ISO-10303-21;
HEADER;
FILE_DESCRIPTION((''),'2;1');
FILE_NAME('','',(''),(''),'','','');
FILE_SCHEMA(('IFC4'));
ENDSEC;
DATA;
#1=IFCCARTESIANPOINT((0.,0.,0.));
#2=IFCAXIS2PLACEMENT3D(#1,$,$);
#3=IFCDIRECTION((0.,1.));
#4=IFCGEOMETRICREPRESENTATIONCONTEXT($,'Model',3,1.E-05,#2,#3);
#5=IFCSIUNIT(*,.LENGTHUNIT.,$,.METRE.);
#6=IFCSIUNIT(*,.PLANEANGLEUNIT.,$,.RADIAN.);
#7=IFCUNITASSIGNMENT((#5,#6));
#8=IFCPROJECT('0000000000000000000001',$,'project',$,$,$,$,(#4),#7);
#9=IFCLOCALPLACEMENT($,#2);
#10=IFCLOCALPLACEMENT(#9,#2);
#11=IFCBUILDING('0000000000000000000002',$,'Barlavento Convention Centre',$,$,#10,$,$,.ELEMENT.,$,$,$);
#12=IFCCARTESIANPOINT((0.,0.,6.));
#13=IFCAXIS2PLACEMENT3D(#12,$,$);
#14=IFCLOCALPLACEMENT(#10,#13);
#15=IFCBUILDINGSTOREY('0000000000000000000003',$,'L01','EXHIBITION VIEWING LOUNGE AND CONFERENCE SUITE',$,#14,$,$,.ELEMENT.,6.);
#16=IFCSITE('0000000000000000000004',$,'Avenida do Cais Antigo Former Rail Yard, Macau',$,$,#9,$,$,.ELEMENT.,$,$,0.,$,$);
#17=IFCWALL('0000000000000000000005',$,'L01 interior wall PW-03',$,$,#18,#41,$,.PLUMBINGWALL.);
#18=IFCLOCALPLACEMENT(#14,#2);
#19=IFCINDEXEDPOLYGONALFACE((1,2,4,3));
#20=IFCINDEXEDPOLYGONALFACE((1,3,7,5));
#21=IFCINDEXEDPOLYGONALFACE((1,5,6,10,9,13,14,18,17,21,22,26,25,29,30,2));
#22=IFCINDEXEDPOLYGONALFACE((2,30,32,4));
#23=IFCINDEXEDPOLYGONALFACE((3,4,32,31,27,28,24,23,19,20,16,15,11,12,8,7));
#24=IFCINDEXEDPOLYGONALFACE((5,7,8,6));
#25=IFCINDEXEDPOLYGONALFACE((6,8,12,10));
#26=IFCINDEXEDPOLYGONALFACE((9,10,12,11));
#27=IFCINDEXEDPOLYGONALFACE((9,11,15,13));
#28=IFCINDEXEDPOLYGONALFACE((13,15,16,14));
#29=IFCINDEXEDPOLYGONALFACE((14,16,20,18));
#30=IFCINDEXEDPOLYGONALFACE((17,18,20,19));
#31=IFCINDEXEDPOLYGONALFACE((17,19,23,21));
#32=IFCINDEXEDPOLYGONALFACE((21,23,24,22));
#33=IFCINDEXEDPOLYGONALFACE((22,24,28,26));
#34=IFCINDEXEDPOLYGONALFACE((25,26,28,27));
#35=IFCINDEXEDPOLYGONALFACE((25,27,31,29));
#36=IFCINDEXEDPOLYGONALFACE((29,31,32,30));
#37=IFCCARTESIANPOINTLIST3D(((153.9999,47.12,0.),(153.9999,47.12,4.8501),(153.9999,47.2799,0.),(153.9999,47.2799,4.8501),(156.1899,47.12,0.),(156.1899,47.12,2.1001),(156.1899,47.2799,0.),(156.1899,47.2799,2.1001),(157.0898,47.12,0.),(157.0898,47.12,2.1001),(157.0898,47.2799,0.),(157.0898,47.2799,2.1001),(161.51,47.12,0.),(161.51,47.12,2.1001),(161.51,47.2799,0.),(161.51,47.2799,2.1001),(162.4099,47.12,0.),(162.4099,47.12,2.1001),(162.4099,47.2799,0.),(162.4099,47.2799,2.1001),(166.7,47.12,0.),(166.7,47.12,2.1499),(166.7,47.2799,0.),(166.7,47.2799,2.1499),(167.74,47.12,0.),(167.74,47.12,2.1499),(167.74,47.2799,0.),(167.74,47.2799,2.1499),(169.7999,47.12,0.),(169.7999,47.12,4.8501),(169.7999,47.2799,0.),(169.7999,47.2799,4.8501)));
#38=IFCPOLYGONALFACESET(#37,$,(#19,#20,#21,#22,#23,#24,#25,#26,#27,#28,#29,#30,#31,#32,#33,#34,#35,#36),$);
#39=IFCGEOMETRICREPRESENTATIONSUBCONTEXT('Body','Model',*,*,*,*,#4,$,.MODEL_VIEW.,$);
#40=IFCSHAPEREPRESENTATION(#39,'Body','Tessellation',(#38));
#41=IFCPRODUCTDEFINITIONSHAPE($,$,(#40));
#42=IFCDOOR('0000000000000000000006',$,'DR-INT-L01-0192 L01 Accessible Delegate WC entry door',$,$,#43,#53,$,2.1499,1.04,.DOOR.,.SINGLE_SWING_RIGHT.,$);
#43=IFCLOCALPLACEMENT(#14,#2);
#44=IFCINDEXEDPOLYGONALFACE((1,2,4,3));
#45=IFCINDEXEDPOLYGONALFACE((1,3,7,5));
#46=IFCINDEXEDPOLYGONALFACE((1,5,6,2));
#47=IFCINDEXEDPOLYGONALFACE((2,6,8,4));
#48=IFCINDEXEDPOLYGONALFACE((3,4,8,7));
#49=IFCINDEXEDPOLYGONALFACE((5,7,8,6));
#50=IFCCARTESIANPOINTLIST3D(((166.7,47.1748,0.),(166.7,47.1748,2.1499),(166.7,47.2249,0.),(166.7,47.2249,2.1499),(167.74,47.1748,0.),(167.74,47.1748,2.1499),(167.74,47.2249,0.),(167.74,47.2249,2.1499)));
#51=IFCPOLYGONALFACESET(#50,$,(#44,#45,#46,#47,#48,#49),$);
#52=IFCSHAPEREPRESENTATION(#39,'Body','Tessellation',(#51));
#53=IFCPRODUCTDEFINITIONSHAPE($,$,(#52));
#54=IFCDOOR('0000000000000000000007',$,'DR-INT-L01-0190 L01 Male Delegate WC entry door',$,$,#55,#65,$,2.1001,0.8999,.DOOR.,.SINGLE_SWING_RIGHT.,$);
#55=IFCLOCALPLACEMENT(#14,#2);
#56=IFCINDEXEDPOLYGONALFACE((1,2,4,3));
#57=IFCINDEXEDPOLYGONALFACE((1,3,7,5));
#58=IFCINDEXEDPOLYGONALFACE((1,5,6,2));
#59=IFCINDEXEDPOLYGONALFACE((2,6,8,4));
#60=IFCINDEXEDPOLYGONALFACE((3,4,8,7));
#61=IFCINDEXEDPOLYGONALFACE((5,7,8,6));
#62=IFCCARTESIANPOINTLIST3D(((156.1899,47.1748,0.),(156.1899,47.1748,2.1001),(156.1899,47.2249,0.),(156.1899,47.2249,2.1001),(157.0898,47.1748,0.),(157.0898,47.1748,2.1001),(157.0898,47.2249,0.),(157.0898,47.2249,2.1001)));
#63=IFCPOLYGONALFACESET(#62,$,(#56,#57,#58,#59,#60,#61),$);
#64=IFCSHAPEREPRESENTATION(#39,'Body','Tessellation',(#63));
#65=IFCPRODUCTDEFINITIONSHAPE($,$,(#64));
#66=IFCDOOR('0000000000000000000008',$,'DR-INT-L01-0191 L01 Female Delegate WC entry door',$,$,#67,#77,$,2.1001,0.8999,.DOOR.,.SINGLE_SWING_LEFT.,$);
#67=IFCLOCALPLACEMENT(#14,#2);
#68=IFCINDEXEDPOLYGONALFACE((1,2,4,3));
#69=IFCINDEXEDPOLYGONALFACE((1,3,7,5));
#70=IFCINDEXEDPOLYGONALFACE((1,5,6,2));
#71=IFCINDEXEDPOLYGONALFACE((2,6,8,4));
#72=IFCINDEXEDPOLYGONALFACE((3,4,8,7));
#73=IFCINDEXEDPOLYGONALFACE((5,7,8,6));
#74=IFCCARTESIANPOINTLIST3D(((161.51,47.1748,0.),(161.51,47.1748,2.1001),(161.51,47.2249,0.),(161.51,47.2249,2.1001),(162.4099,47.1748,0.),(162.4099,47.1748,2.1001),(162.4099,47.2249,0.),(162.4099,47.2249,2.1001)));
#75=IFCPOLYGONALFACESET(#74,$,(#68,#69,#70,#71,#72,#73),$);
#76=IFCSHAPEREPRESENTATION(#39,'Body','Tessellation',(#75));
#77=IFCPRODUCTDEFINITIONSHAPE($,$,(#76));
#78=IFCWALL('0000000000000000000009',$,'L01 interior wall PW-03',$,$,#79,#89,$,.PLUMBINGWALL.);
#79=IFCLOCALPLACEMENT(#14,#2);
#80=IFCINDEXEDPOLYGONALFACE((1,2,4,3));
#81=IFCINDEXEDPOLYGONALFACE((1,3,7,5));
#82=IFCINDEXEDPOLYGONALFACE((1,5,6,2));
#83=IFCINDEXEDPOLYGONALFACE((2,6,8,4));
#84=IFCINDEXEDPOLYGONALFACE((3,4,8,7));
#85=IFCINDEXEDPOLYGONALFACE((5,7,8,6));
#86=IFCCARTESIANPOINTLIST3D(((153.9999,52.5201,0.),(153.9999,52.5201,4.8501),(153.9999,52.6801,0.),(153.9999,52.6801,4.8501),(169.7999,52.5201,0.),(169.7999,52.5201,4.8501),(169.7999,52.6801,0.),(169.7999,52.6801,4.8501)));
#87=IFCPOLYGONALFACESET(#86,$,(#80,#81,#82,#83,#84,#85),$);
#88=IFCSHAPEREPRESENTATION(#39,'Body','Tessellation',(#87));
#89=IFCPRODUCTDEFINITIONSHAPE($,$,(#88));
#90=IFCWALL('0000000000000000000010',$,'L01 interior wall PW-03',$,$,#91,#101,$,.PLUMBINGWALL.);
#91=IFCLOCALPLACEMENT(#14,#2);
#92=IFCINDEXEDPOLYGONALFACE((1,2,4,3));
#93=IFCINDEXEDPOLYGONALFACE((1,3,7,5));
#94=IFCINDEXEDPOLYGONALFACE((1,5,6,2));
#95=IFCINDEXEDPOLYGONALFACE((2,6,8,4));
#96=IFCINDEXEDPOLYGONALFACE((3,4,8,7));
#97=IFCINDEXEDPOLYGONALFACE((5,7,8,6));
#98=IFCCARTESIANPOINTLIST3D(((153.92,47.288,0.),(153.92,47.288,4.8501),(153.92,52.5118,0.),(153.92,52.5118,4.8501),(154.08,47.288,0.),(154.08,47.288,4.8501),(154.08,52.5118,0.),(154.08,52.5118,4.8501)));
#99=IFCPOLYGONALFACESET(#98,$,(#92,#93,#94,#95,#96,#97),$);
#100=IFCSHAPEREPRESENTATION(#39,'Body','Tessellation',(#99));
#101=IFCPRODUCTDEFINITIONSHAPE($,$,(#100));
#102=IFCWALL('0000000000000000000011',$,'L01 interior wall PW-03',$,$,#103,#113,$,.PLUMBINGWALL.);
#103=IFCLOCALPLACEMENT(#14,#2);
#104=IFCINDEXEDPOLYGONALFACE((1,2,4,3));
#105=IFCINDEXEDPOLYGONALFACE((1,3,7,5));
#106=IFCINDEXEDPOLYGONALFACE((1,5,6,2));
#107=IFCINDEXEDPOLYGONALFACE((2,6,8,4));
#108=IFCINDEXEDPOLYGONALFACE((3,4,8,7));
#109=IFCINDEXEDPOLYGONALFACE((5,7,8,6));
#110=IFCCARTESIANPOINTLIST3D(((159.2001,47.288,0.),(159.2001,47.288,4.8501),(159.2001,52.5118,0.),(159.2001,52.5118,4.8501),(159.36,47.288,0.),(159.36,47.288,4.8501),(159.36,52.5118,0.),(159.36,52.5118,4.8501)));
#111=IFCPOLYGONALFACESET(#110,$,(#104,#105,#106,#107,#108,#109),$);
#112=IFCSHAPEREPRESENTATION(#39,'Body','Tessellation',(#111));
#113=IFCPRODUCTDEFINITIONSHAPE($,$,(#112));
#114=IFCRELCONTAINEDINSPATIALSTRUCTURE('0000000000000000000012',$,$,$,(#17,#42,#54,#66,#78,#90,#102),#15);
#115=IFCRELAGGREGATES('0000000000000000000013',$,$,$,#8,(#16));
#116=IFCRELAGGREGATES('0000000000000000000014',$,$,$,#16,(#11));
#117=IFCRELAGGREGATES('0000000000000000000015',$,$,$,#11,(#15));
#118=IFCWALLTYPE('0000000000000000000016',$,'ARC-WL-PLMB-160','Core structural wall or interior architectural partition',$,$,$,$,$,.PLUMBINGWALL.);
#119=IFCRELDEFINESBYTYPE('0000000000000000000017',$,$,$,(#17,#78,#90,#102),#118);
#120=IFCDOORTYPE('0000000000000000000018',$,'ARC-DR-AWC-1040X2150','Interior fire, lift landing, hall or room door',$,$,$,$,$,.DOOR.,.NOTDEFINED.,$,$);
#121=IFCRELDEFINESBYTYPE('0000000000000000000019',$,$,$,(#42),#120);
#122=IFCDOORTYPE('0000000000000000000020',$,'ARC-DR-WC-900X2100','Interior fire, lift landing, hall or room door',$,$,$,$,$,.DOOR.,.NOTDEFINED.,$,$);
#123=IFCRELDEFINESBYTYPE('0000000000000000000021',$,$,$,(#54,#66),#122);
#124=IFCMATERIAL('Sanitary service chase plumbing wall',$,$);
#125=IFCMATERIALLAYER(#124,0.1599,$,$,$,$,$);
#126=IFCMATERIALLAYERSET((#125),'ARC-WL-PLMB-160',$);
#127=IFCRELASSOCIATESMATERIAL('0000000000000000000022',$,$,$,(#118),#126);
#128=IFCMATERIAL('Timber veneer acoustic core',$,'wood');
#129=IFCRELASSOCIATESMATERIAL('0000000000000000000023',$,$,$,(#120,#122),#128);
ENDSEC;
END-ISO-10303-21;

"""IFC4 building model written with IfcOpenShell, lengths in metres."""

from ifc_helpers import new_model, si_unit, direction, frame, frame_2d, origin, place, context, subcontext, project, spatial, rectangle, extrude, material, layer, layer_set, type_object, element, fill, save


model = new_model("IFC4")

# Units and contexts
model_context = context("Model", 3, precision=1e-05, world=origin(), true_north=direction((0.0, 1.0)))
body_context = subcontext(model_context, "Body", "Model", "MODEL_VIEW")
ifc_project = project(units=[si_unit("LENGTHUNIT", "METRE"), si_unit("PLANEANGLEUNIT", "RADIAN")], contexts=[model_context])

# Site, building, storey
site_placement = place(None, origin())
site = spatial("IfcSite", under=ifc_project, at=site_placement, Name="Avenida do Cais Antigo Former Rail Yard, Macau", CompositionType="ELEMENT", RefElevation=0.0)
building_placement = place(site_placement, origin())
building = spatial("IfcBuilding", under=site, at=building_placement, Name="Barlavento Convention Centre", CompositionType="ELEMENT")
storey_placement = place(building_placement, frame((0.0, 0.0, 6.0)))
storey = spatial("IfcBuildingStorey", under=building, at=storey_placement, Name="L01", Description="EXHIBITION VIEWING LOUNGE AND CONFERENCE SUITE", CompositionType="ELEMENT", Elevation=6.0)

# Wall, openings, doors
ifc_material_1 = material(Name="Sanitary service chase plumbing wall")
ifc_layer_1 = layer(ifc_material_1, 0.1599)
ifc_layer_set_1 = layer_set([ifc_layer_1], Name="ARC-WL-PLMB-160")
wall_type = type_object("IfcWallType", Name="ARC-WL-PLMB-160", Description="Core structural wall or interior architectural partition", PredefinedType="PLUMBINGWALL", material=ifc_layer_set_1)
wall_1_placement = place(storey_placement, frame((154.0, 47.2, 0.0), z_axis=(0.0, 0.0, 1.0), x_axis=(1.0, 0.0, 0.0)))
wall_1 = element("IfcWall", 1, at=wall_1_placement, inside=storey, type_object=wall_type, Name="L01 interior wall PW-03", PredefinedType="PLUMBINGWALL", context=body_context, shape_type="SweptSolid", body=[
    extrude(rectangle(XDim=15.8, YDim=0.1599, at=frame_2d((7.8999, 0.0))), origin(), (0.0, 0.0, 1.0), 4.8501),
])
opening_1_placement = place(wall_1_placement, frame((2.1899, 0.0, 0.0)))
opening_1 = element("IfcOpeningElement", 2, at=opening_1_placement, cuts=wall_1, PredefinedType="OPENING", context=body_context, shape_type="SweptSolid", body=[
    extrude(rectangle(XDim=0.8999, YDim=2.1001, at=frame_2d((0.45, 1.05))), frame((0.0, 0.0898, 0.0), z_axis=(0.0, -1.0, 0.0), x_axis=(1.0, 0.0, 0.0)), (0.0, 0.0, 1.0), 0.1799),
])
opening_2_placement = place(wall_1_placement, frame((7.51, 0.0, 0.0)))
opening_2 = element("IfcOpeningElement", 3, at=opening_2_placement, cuts=wall_1, PredefinedType="OPENING", context=body_context, shape_type="SweptSolid", body=[
    extrude(rectangle(XDim=0.8999, YDim=2.1001, at=frame_2d((0.45, 1.05))), frame((0.0, 0.0898, 0.0), z_axis=(0.0, -1.0, 0.0), x_axis=(1.0, 0.0, 0.0)), (0.0, 0.0, 1.0), 0.1799),
])
opening_3_placement = place(wall_1_placement, frame((12.7, 0.0, 0.0)))
opening_3 = element("IfcOpeningElement", 4, at=opening_3_placement, cuts=wall_1, PredefinedType="OPENING", context=body_context, shape_type="SweptSolid", body=[
    extrude(rectangle(XDim=1.04, YDim=2.1499, at=frame_2d((0.52, 1.075))), frame((0.0, 0.0898, 0.0), z_axis=(0.0, -1.0, 0.0), x_axis=(1.0, 0.0, 0.0)), (0.0, 0.0, 1.0), 0.1799),
])
ifc_material_2 = material(Name="Timber veneer acoustic core", Category="wood")
door_type_1 = type_object("IfcDoorType", Name="ARC-DR-AWC-1040X2150", Description="Interior fire, lift landing, hall or room door", OperationType="NOTDEFINED", PredefinedType="DOOR", material=ifc_material_2)
door_1_placement = place(opening_3_placement, origin())
door_1 = element("IfcDoor", 5, at=door_1_placement, inside=storey, type_object=door_type_1, Name="DR-INT-L01-0192 L01 Accessible Delegate WC entry door", OperationType="SINGLE_SWING_RIGHT", OverallHeight=2.1499, OverallWidth=1.04, PredefinedType="DOOR", context=body_context, shape_type="SweptSolid", body=[
    extrude(rectangle(XDim=1.04, YDim=2.1499, at=frame_2d((0.52, 1.075))), frame((0.0, 0.0249, 0.0), z_axis=(0.0, -1.0, 0.0), x_axis=(1.0, 0.0, 0.0)), (0.0, 0.0, 1.0), 0.05),
])
fill(opening_3, door_1)
door_type_2 = type_object("IfcDoorType", Name="ARC-DR-WC-900X2100", Description="Interior fire, lift landing, hall or room door", OperationType="NOTDEFINED", PredefinedType="DOOR", material=ifc_material_2)
door_2_placement = place(opening_1_placement, origin())
door_2 = element("IfcDoor", 6, at=door_2_placement, inside=storey, type_object=door_type_2, Name="DR-INT-L01-0190 L01 Male Delegate WC entry door", OperationType="SINGLE_SWING_RIGHT", OverallHeight=2.1001, OverallWidth=0.8999, PredefinedType="DOOR", context=body_context, shape_type="SweptSolid", body=[
    extrude(rectangle(XDim=0.8999, YDim=2.1001, at=frame_2d((0.45, 1.05))), frame((0.0, 0.0249, 0.0), z_axis=(0.0, -1.0, 0.0), x_axis=(1.0, 0.0, 0.0)), (0.0, 0.0, 1.0), 0.05),
])
fill(opening_1, door_2)
door_3_placement = place(opening_2_placement, origin())
door_3 = element("IfcDoor", 7, at=door_3_placement, inside=storey, type_object=door_type_2, Name="DR-INT-L01-0191 L01 Female Delegate WC entry door", OperationType="SINGLE_SWING_LEFT", OverallHeight=2.1001, OverallWidth=0.8999, PredefinedType="DOOR", context=body_context, shape_type="SweptSolid", body=[
    extrude(rectangle(XDim=0.8999, YDim=2.1001, at=frame_2d((0.45, 1.05))), frame((0.0, 0.0249, 0.0), z_axis=(0.0, -1.0, 0.0), x_axis=(1.0, 0.0, 0.0)), (0.0, 0.0, 1.0), 0.05),
])
fill(opening_2, door_3)

# Walls
wall_2_placement = place(storey_placement, frame((154.0, 52.6001, 0.0), z_axis=(0.0, 0.0, 1.0), x_axis=(1.0, 0.0, 0.0)))
element("IfcWall", 8, at=wall_2_placement, inside=storey, type_object=wall_type, Name="L01 interior wall PW-03", PredefinedType="PLUMBINGWALL", context=body_context, shape_type="SweptSolid", body=[
    extrude(rectangle(XDim=15.8, YDim=0.1599, at=frame_2d((7.8999, 0.0))), origin(), (0.0, 0.0, 1.0), 4.8501),
])
for number, where, z_axis, x_axis, name in (
    (9, (154.0, 47.2881, 0.0), (0.0, 0.0, 1.0), (0.0, 1.0, 0.0), "L01 interior wall PW-03"),
    (10, (159.28, 47.2881, 0.0), (0.0, 0.0, 1.0), (0.0, 1.0, 0.0), "L01 interior wall PW-03"),
):
    element("IfcWall", number, at=place(storey_placement, frame(where, z_axis=z_axis, x_axis=x_axis)), inside=storey, type_object=wall_type, Name=name, PredefinedType="PLUMBINGWALL", context=body_context, shape_type="SweptSolid", body=[
        extrude(rectangle(XDim=5.2239, YDim=0.1599, at=frame_2d((2.6118, 0.0))), origin(), (0.0, 0.0, 1.0), 4.8501),
    ])

save(model, "model.ifc")
